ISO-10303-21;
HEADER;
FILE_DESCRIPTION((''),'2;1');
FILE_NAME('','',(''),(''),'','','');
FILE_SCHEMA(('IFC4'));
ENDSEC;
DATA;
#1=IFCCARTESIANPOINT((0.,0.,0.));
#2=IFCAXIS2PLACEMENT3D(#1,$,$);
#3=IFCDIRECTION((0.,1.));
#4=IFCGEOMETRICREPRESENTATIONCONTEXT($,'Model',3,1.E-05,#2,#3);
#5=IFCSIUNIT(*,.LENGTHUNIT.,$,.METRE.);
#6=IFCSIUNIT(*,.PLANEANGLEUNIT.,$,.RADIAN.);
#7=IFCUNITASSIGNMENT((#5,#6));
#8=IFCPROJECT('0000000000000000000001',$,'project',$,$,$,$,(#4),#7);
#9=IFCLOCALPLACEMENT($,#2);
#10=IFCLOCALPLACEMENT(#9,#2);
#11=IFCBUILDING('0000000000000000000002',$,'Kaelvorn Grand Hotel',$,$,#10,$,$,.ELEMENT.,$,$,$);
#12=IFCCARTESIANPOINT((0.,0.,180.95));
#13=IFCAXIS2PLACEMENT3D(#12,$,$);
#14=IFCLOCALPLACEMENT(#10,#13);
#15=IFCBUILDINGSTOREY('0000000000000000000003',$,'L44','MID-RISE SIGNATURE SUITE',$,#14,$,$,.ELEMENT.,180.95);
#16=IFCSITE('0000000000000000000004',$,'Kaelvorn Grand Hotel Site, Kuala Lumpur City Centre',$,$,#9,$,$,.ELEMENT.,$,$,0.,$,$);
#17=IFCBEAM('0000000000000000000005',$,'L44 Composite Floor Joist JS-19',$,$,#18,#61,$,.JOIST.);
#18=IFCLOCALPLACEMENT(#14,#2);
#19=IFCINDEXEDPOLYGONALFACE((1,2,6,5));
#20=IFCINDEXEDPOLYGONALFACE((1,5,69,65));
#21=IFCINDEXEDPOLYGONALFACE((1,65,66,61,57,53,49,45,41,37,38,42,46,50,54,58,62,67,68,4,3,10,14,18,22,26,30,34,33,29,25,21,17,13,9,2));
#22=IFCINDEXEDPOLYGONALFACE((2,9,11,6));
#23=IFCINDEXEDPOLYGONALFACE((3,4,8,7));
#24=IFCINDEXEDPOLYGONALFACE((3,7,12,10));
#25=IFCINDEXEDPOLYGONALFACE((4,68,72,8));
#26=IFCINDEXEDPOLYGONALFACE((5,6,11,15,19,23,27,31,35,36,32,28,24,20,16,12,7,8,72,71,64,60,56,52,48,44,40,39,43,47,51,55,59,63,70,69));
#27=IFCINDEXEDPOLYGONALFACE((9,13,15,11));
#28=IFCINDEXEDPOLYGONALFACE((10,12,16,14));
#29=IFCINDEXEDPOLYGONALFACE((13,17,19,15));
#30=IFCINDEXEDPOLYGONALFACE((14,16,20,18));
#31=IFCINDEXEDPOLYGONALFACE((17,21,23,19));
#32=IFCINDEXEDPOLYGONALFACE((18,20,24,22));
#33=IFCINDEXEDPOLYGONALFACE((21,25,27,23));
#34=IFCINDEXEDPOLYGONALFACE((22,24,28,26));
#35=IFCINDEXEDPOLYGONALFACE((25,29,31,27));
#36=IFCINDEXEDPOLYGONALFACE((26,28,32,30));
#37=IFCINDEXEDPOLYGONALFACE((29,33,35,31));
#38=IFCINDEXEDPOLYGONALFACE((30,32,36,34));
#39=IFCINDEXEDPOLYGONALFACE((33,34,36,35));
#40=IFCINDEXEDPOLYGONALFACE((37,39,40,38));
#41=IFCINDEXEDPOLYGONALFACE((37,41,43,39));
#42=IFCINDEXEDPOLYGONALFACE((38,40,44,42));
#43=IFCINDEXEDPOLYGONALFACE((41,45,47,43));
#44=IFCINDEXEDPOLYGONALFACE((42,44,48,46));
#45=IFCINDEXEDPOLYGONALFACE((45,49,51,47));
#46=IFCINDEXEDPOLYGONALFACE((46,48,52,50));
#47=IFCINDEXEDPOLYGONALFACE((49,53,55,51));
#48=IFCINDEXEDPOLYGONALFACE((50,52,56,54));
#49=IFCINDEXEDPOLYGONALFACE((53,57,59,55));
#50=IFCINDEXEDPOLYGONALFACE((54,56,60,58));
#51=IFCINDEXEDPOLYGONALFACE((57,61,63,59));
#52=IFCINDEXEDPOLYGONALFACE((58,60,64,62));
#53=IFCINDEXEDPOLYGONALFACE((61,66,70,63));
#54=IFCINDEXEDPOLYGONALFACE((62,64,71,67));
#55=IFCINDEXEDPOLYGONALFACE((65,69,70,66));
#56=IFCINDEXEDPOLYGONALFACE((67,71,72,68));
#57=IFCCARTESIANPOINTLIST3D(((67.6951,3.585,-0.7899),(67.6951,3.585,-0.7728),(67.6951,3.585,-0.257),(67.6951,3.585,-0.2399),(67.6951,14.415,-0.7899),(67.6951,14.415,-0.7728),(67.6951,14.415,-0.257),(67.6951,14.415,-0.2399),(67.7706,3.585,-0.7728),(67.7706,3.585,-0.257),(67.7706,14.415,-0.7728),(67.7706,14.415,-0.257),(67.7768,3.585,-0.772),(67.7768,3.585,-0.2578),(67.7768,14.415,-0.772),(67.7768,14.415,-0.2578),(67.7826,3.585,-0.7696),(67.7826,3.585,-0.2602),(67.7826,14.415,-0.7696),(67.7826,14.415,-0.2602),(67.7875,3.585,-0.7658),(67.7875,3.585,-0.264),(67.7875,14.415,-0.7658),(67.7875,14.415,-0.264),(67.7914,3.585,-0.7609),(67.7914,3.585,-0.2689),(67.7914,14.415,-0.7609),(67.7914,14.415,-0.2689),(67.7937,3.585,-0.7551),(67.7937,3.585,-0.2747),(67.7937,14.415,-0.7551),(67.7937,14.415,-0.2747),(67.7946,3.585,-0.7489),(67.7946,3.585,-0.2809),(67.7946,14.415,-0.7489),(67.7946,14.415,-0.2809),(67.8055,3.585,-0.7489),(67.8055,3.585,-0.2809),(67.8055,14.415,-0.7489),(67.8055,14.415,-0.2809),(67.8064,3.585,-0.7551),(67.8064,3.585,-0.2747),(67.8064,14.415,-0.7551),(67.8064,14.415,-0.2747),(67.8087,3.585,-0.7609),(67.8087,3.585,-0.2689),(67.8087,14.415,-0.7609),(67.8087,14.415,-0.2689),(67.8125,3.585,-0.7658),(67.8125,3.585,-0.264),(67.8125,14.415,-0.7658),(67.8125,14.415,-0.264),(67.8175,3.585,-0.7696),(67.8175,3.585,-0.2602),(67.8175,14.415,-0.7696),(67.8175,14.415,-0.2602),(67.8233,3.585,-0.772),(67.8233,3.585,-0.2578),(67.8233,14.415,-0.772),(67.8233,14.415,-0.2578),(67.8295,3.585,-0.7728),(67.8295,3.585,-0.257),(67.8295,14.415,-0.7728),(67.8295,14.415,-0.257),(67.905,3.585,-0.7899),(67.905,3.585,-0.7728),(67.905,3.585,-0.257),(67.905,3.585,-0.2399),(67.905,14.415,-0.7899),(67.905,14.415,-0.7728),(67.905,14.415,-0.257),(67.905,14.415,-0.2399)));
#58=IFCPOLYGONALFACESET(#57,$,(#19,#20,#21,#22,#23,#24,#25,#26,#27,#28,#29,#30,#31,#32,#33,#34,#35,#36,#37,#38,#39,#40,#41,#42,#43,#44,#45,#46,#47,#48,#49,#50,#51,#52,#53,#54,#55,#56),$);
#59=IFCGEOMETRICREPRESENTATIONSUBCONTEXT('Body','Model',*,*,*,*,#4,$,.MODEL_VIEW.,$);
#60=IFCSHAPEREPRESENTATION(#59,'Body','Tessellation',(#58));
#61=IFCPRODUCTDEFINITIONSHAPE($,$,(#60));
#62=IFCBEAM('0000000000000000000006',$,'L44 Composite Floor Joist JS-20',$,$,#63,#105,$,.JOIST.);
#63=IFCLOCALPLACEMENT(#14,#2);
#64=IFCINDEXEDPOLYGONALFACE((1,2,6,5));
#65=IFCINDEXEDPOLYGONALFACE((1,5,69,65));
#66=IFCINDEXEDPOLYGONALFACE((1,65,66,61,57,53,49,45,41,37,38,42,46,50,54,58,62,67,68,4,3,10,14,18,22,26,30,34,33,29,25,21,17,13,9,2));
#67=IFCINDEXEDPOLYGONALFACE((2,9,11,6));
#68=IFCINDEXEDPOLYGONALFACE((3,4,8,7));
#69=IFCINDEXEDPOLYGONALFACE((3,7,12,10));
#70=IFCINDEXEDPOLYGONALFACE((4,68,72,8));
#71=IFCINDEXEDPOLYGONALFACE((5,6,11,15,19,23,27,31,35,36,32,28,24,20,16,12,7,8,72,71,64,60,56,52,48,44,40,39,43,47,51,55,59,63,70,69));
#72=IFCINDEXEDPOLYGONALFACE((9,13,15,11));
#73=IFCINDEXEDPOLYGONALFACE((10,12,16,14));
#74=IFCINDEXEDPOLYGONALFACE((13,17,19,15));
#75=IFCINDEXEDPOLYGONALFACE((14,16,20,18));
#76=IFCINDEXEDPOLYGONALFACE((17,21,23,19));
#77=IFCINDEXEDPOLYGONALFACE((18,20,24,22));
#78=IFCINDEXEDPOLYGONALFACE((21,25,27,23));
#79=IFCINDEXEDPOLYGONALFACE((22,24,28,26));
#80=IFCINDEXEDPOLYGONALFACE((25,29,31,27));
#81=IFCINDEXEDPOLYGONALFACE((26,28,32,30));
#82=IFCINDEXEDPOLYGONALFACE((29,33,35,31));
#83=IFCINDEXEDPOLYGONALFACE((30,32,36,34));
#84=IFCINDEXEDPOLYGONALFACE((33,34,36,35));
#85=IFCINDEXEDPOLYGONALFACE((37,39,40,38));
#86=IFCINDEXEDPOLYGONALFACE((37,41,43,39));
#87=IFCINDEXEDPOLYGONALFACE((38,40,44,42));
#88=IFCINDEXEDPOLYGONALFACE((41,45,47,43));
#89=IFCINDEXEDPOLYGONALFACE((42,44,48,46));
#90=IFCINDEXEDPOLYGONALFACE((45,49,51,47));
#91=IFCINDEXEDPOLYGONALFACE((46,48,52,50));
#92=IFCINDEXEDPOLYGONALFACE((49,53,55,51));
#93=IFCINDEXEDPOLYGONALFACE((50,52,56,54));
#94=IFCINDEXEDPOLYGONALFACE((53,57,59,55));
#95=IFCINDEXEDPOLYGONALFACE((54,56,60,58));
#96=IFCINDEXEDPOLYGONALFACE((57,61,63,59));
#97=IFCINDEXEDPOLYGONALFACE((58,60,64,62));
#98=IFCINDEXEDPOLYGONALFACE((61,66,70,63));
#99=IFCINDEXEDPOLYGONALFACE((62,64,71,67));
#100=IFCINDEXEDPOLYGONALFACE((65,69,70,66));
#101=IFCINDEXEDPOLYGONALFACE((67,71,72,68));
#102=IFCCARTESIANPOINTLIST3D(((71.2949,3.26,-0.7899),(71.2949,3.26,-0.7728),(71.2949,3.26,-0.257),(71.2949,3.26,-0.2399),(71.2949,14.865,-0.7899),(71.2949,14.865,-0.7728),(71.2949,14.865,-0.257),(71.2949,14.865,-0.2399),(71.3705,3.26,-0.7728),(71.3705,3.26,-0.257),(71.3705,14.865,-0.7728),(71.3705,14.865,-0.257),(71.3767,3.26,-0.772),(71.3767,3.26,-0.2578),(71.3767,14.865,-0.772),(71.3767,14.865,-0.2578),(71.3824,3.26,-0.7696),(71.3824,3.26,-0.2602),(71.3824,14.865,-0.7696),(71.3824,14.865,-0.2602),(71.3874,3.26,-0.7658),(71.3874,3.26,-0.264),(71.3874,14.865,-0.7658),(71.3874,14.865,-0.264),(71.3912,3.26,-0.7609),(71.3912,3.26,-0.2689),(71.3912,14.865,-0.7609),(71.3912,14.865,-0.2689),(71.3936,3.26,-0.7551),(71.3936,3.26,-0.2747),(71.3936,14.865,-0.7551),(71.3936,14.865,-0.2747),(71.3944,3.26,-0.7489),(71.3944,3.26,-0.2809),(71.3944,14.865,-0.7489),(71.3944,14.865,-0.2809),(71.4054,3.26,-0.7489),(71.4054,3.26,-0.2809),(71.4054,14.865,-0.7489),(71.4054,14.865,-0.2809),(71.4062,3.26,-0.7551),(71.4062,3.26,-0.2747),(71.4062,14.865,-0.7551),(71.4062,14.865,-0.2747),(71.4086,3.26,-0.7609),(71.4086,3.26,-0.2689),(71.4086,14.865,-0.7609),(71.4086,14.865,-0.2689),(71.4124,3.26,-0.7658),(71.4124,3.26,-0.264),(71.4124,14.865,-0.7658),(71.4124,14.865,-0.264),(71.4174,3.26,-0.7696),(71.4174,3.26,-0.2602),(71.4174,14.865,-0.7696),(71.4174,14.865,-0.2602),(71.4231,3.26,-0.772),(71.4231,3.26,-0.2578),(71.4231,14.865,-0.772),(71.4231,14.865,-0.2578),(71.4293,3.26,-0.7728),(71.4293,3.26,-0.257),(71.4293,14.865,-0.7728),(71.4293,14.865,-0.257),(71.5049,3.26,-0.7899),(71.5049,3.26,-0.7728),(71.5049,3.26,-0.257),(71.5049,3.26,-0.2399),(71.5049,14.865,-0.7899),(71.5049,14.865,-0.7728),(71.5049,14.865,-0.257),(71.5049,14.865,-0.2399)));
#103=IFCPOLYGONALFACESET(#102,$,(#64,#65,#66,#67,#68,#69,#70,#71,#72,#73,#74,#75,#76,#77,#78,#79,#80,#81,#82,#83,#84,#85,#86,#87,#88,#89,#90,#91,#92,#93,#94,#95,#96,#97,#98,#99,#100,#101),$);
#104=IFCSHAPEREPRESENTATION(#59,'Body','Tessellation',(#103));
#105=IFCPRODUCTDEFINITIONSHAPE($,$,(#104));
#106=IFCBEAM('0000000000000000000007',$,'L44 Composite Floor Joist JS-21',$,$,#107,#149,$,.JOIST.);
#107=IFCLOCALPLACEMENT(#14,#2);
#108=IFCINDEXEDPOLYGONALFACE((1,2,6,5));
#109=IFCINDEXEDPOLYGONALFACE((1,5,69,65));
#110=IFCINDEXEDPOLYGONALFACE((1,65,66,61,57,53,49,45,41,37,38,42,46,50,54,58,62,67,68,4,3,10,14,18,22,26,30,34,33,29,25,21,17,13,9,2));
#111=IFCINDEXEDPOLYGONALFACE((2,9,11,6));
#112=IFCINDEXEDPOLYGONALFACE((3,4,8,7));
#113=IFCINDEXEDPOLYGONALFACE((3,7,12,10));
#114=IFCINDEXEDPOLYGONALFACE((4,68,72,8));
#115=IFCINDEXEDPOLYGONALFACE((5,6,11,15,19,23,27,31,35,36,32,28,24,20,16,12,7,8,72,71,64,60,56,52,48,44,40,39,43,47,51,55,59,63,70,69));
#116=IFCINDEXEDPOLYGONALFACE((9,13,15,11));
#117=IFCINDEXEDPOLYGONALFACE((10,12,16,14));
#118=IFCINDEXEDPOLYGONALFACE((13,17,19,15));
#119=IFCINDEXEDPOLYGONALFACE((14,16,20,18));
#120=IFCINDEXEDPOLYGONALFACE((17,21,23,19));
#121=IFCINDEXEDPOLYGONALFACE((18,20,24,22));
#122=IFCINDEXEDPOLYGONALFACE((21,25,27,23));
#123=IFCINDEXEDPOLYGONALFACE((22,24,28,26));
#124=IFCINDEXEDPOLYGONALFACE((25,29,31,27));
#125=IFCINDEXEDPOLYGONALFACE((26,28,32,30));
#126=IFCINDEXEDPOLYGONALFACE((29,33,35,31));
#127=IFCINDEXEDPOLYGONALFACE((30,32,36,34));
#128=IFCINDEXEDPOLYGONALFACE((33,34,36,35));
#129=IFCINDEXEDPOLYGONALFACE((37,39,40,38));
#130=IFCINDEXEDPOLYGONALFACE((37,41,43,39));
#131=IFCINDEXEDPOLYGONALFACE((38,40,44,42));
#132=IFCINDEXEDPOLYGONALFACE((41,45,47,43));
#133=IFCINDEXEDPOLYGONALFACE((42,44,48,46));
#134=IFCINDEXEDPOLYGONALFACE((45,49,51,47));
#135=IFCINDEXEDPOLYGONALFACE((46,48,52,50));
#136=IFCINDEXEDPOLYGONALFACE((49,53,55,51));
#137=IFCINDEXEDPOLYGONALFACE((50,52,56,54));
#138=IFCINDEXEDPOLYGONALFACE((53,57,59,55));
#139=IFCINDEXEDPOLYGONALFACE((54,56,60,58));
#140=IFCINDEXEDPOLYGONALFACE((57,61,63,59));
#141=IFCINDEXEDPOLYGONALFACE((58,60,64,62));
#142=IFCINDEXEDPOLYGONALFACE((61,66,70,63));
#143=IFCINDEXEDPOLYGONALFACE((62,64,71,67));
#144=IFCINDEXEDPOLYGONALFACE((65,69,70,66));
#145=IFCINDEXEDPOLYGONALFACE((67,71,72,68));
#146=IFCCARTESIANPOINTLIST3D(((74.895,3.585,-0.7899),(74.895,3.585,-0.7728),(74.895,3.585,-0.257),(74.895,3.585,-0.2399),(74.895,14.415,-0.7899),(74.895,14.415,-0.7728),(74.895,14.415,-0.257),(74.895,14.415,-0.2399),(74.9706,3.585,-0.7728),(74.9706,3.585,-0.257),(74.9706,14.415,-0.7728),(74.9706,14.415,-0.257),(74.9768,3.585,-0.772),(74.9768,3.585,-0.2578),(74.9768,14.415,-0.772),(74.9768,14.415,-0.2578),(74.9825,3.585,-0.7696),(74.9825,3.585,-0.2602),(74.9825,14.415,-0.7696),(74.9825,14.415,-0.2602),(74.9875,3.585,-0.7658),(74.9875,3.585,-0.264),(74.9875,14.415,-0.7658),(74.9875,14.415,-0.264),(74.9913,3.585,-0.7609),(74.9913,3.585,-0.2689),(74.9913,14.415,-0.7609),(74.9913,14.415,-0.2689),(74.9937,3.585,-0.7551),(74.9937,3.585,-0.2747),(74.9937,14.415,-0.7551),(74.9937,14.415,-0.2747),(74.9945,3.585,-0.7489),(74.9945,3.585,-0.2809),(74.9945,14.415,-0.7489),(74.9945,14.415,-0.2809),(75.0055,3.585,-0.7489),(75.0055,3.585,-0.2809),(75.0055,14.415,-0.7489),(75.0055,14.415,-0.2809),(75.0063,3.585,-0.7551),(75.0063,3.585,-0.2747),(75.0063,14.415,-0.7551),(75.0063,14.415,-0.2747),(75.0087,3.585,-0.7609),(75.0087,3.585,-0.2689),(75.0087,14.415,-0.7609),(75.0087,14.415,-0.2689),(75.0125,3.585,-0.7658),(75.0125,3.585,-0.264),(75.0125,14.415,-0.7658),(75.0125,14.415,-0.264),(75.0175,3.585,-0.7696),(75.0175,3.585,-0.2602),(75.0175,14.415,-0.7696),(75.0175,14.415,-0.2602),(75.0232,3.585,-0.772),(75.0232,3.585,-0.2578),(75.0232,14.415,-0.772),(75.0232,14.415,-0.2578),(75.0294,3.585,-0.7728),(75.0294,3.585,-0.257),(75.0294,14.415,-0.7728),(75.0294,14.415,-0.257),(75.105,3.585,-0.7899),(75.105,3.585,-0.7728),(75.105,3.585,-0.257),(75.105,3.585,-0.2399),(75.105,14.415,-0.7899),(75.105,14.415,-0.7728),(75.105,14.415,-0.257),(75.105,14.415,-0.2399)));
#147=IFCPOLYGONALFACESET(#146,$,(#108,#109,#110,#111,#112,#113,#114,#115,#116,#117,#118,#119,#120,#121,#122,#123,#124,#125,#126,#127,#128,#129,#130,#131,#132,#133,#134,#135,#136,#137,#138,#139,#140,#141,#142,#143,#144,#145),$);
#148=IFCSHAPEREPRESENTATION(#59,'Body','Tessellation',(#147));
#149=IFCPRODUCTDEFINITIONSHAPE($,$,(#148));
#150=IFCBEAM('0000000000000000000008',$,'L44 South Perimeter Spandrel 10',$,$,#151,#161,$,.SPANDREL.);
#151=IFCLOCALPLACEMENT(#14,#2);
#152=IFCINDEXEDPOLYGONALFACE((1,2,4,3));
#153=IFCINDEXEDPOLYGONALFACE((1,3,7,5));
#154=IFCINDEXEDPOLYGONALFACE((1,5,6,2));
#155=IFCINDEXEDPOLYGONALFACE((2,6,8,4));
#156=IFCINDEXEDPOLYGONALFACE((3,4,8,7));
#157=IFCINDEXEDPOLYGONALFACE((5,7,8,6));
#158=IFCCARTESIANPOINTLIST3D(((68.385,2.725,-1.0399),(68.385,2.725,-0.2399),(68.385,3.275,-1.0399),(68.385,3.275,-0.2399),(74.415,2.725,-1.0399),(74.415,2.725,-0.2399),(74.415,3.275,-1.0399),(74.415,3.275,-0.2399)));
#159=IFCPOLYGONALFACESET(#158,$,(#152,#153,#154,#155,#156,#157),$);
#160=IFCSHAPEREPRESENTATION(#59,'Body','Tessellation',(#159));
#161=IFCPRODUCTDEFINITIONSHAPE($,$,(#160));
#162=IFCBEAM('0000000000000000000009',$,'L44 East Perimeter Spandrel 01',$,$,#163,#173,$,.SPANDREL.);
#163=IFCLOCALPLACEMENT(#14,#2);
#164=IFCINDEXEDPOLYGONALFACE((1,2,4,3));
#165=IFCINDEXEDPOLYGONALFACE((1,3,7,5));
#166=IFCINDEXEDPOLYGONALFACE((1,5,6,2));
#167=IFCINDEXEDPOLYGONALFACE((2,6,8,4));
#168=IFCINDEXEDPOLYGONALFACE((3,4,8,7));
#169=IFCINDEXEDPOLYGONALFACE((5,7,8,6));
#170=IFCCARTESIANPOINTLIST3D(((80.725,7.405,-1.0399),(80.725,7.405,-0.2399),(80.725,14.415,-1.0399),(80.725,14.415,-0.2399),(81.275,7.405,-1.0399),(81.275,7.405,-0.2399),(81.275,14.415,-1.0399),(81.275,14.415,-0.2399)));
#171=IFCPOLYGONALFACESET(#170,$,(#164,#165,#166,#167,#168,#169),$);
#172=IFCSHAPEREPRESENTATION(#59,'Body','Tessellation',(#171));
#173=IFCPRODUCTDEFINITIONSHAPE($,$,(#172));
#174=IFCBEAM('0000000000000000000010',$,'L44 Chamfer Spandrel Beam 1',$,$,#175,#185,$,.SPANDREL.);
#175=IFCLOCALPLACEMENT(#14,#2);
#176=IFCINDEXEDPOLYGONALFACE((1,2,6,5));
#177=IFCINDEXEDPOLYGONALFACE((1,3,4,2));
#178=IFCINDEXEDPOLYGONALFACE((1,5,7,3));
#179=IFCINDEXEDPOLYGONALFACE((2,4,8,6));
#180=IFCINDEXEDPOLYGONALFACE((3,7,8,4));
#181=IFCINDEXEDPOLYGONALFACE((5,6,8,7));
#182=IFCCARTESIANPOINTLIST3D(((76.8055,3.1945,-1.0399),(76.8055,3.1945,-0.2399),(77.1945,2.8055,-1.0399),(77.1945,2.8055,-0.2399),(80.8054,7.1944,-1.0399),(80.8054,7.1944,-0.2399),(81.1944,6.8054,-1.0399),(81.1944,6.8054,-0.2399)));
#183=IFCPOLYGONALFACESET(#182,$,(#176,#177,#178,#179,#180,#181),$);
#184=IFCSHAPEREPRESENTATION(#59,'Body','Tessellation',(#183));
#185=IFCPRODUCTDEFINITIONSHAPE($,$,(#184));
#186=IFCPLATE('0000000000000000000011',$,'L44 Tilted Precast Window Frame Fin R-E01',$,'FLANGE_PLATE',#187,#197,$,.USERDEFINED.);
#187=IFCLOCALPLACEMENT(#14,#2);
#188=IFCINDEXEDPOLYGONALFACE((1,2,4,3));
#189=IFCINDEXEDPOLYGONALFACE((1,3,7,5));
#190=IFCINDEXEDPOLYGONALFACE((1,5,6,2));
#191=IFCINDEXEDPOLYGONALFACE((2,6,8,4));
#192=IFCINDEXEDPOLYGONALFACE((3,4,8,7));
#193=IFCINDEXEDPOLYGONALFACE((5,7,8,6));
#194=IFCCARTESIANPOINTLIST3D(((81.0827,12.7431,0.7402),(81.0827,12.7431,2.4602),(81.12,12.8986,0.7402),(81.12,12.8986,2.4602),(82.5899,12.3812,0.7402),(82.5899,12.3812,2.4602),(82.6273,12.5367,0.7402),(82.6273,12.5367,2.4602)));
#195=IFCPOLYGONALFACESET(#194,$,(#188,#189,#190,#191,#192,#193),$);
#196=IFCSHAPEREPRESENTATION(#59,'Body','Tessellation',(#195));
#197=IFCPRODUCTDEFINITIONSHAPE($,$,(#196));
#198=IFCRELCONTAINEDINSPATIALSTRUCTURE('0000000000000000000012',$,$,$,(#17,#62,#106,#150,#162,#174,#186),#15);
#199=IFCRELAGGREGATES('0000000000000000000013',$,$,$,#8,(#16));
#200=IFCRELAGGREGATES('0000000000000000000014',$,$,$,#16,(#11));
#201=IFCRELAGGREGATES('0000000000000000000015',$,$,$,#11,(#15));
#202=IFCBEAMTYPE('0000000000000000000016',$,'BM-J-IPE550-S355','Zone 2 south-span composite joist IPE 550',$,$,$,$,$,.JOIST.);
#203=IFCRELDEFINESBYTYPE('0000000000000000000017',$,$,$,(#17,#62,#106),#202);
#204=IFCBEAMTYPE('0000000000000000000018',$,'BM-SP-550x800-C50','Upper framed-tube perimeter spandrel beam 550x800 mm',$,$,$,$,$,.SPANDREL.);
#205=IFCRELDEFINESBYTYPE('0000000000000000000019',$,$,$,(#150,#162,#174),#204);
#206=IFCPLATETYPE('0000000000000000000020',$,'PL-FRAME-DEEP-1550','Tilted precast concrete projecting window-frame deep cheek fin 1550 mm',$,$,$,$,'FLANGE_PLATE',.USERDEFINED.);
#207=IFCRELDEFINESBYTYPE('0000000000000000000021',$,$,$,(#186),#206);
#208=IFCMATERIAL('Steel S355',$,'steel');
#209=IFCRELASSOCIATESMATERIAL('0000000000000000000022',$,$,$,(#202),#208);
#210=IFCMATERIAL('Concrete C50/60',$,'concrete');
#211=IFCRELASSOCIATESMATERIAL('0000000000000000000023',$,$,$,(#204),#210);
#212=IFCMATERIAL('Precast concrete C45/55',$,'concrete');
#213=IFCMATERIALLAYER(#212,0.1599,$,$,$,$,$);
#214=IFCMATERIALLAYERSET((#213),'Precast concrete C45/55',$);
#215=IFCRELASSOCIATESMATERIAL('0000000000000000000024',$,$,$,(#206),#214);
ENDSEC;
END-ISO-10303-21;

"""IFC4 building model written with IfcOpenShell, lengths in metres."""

from ifc_helpers import new_model, si_unit, direction, frame, origin, origin_2d, place, context, subcontext, project, spatial, rectangle, i_section, extrude, material, layer, layer_set, material_profile, profile_set, type_object, element, save


model = new_model("IFC4")

# Units and contexts
model_context = context("Model", 3, precision=1e-05, world=origin(), true_north=direction((0.0, 1.0)))
body_context = subcontext(model_context, "Body", "Model", "MODEL_VIEW")
ifc_project = project(units=[si_unit("LENGTHUNIT", "METRE"), si_unit("PLANEANGLEUNIT", "RADIAN")], contexts=[model_context])

# Site, building, storey
site_placement = place(None, origin())
site = spatial("IfcSite", under=ifc_project, at=site_placement, Name="Kaelvorn Grand Hotel Site, Kuala Lumpur City Centre", CompositionType="ELEMENT", RefElevation=0.0)
building_placement = place(site_placement, origin())
building = spatial("IfcBuilding", under=site, at=building_placement, Name="Kaelvorn Grand Hotel", CompositionType="ELEMENT")
storey_placement = place(building_placement, frame((0.0, 0.0, 180.95)))
storey = spatial("IfcBuildingStorey", under=building, at=storey_placement, Name="L44", Description="MID-RISE SIGNATURE SUITE", CompositionType="ELEMENT", Elevation=180.95)

# Beams
ifc_material_1 = material(Name="Steel S355", Category="steel")
ifc_material_profile_1 = material_profile(ifc_material_1, i_section(OverallWidth=0.21, OverallDepth=0.55, WebThickness=0.011, FlangeThickness=0.0171, FilletRadius=0.0239, at=origin_2d()), Name="IPE 550")
ifc_profile_set_1 = profile_set([ifc_material_profile_1], Name="Steel S355")
beam_type_1 = type_object("IfcBeamType", Name="BM-J-IPE550-S355", Description="Zone 2 south-span composite joist IPE 550", PredefinedType="JOIST", material=ifc_profile_set_1)
beam_1_placement = place(storey_placement, frame((67.8, 3.585, -0.5149), z_axis=(0.0, 1.0, 0.0), x_axis=(-1.0, 0.0, 0.0)))
element("IfcBeam", 1, at=beam_1_placement, inside=storey, type_object=beam_type_1, Name="L44 Composite Floor Joist JS-19", PredefinedType="JOIST", context=body_context, shape_type="SweptSolid", body=[
    extrude(i_section(OverallWidth=0.21, OverallDepth=0.55, WebThickness=0.011, FlangeThickness=0.0171, FilletRadius=0.0239, at=origin_2d()), origin(), (0.0, 0.0, 1.0), 10.8301),
])
beam_2_placement = place(storey_placement, frame((71.3999, 3.26, -0.5149), z_axis=(0.0, 1.0, 0.0), x_axis=(-1.0, 0.0, 0.0)))
element("IfcBeam", 2, at=beam_2_placement, inside=storey, type_object=beam_type_1, Name="L44 Composite Floor Joist JS-20", PredefinedType="JOIST", context=body_context, shape_type="SweptSolid", body=[
    extrude(i_section(OverallWidth=0.21, OverallDepth=0.55, WebThickness=0.011, FlangeThickness=0.0171, FilletRadius=0.0239, at=origin_2d()), origin(), (0.0, 0.0, 1.0), 11.605),
])
beam_3_placement = place(storey_placement, frame((75.0, 3.585, -0.5149), z_axis=(0.0, 1.0, 0.0), x_axis=(-1.0, 0.0, 0.0)))
element("IfcBeam", 3, at=beam_3_placement, inside=storey, type_object=beam_type_1, Name="L44 Composite Floor Joist JS-21", PredefinedType="JOIST", context=body_context, shape_type="SweptSolid", body=[
    extrude(i_section(OverallWidth=0.21, OverallDepth=0.55, WebThickness=0.011, FlangeThickness=0.0171, FilletRadius=0.0239, at=origin_2d()), origin(), (0.0, 0.0, 1.0), 10.8301),
])
ifc_material_2 = material(Name="Concrete C50/60", Category="concrete")
ifc_material_profile_2 = material_profile(ifc_material_2, rectangle(XDim=0.55, YDim=0.8, at=origin_2d()), Name="RC SPANDREL 550x800")
ifc_profile_set_2 = profile_set([ifc_material_profile_2], Name="Concrete C50/60")
beam_type_2 = type_object("IfcBeamType", Name="BM-SP-550x800-C50", Description="Upper framed-tube perimeter spandrel beam 550x800 mm", PredefinedType="SPANDREL", material=ifc_profile_set_2)
beam_4_placement = place(storey_placement, frame((68.385, 3.0, -0.6399), z_axis=(1.0, 0.0, 0.0), x_axis=(0.0, 1.0, 0.0)))
element("IfcBeam", 4, at=beam_4_placement, inside=storey, type_object=beam_type_2, Name="L44 South Perimeter Spandrel 10", PredefinedType="SPANDREL", context=body_context, shape_type="SweptSolid", body=[
    extrude(rectangle(XDim=0.55, YDim=0.8, at=origin_2d()), origin(), (0.0, 0.0, 1.0), 6.03),
])
beam_5_placement = place(storey_placement, frame((81.0, 7.405, -0.6399), z_axis=(0.0, 1.0, 0.0), x_axis=(-1.0, 0.0, 0.0)))
element("IfcBeam", 5, at=beam_5_placement, inside=storey, type_object=beam_type_2, Name="L44 East Perimeter Spandrel 01", PredefinedType="SPANDREL", context=body_context, shape_type="SweptSolid", body=[
    extrude(rectangle(XDim=0.55, YDim=0.8, at=origin_2d()), origin(), (0.0, 0.0, 1.0), 7.01),
])
beam_6_placement = place(storey_placement, frame((77.0, 3.0, -0.6399), z_axis=(0.707107, 0.707107, 0.0), x_axis=(-0.707107, 0.707107, 0.0)))
element("IfcBeam", 6, at=beam_6_placement, inside=storey, type_object=beam_type_2, Name="L44 Chamfer Spandrel Beam 1", PredefinedType="SPANDREL", context=body_context, shape_type="SweptSolid", body=[
    extrude(rectangle(XDim=0.55, YDim=0.8, at=origin_2d()), origin(), (0.0, 0.0, 1.0), 5.6567),
])

# Plate
ifc_material_3 = material(Name="Precast concrete C45/55", Category="concrete")
ifc_layer_1 = layer(ifc_material_3, 0.1599)
ifc_layer_set_1 = layer_set([ifc_layer_1], Name="Precast concrete C45/55")
plate_type_1 = type_object("IfcPlateType", Name="PL-FRAME-DEEP-1550", Description="Tilted precast concrete projecting window-frame deep cheek fin 1550 mm", ElementType="FLANGE_PLATE", PredefinedType="USERDEFINED", material=ifc_layer_set_1)
plate_1_placement = place(storey_placement, frame((81.855, 12.6399, 0.7402), z_axis=(0.0, 0.0, 1.0), x_axis=(0.233445, 0.97237, 0.0)))
element("IfcPlate", 7, at=plate_1_placement, inside=storey, type_object=plate_type_1, Name="L44 Tilted Precast Window Frame Fin R-E01", ObjectType="FLANGE_PLATE", PredefinedType="USERDEFINED", context=body_context, shape_type="SweptSolid", body=[
    extrude(rectangle(XDim=0.1599, YDim=1.55, at=origin_2d()), origin(), (0.0, 0.0, 1.0), 1.72),
])

save(model, "model.ifc")
